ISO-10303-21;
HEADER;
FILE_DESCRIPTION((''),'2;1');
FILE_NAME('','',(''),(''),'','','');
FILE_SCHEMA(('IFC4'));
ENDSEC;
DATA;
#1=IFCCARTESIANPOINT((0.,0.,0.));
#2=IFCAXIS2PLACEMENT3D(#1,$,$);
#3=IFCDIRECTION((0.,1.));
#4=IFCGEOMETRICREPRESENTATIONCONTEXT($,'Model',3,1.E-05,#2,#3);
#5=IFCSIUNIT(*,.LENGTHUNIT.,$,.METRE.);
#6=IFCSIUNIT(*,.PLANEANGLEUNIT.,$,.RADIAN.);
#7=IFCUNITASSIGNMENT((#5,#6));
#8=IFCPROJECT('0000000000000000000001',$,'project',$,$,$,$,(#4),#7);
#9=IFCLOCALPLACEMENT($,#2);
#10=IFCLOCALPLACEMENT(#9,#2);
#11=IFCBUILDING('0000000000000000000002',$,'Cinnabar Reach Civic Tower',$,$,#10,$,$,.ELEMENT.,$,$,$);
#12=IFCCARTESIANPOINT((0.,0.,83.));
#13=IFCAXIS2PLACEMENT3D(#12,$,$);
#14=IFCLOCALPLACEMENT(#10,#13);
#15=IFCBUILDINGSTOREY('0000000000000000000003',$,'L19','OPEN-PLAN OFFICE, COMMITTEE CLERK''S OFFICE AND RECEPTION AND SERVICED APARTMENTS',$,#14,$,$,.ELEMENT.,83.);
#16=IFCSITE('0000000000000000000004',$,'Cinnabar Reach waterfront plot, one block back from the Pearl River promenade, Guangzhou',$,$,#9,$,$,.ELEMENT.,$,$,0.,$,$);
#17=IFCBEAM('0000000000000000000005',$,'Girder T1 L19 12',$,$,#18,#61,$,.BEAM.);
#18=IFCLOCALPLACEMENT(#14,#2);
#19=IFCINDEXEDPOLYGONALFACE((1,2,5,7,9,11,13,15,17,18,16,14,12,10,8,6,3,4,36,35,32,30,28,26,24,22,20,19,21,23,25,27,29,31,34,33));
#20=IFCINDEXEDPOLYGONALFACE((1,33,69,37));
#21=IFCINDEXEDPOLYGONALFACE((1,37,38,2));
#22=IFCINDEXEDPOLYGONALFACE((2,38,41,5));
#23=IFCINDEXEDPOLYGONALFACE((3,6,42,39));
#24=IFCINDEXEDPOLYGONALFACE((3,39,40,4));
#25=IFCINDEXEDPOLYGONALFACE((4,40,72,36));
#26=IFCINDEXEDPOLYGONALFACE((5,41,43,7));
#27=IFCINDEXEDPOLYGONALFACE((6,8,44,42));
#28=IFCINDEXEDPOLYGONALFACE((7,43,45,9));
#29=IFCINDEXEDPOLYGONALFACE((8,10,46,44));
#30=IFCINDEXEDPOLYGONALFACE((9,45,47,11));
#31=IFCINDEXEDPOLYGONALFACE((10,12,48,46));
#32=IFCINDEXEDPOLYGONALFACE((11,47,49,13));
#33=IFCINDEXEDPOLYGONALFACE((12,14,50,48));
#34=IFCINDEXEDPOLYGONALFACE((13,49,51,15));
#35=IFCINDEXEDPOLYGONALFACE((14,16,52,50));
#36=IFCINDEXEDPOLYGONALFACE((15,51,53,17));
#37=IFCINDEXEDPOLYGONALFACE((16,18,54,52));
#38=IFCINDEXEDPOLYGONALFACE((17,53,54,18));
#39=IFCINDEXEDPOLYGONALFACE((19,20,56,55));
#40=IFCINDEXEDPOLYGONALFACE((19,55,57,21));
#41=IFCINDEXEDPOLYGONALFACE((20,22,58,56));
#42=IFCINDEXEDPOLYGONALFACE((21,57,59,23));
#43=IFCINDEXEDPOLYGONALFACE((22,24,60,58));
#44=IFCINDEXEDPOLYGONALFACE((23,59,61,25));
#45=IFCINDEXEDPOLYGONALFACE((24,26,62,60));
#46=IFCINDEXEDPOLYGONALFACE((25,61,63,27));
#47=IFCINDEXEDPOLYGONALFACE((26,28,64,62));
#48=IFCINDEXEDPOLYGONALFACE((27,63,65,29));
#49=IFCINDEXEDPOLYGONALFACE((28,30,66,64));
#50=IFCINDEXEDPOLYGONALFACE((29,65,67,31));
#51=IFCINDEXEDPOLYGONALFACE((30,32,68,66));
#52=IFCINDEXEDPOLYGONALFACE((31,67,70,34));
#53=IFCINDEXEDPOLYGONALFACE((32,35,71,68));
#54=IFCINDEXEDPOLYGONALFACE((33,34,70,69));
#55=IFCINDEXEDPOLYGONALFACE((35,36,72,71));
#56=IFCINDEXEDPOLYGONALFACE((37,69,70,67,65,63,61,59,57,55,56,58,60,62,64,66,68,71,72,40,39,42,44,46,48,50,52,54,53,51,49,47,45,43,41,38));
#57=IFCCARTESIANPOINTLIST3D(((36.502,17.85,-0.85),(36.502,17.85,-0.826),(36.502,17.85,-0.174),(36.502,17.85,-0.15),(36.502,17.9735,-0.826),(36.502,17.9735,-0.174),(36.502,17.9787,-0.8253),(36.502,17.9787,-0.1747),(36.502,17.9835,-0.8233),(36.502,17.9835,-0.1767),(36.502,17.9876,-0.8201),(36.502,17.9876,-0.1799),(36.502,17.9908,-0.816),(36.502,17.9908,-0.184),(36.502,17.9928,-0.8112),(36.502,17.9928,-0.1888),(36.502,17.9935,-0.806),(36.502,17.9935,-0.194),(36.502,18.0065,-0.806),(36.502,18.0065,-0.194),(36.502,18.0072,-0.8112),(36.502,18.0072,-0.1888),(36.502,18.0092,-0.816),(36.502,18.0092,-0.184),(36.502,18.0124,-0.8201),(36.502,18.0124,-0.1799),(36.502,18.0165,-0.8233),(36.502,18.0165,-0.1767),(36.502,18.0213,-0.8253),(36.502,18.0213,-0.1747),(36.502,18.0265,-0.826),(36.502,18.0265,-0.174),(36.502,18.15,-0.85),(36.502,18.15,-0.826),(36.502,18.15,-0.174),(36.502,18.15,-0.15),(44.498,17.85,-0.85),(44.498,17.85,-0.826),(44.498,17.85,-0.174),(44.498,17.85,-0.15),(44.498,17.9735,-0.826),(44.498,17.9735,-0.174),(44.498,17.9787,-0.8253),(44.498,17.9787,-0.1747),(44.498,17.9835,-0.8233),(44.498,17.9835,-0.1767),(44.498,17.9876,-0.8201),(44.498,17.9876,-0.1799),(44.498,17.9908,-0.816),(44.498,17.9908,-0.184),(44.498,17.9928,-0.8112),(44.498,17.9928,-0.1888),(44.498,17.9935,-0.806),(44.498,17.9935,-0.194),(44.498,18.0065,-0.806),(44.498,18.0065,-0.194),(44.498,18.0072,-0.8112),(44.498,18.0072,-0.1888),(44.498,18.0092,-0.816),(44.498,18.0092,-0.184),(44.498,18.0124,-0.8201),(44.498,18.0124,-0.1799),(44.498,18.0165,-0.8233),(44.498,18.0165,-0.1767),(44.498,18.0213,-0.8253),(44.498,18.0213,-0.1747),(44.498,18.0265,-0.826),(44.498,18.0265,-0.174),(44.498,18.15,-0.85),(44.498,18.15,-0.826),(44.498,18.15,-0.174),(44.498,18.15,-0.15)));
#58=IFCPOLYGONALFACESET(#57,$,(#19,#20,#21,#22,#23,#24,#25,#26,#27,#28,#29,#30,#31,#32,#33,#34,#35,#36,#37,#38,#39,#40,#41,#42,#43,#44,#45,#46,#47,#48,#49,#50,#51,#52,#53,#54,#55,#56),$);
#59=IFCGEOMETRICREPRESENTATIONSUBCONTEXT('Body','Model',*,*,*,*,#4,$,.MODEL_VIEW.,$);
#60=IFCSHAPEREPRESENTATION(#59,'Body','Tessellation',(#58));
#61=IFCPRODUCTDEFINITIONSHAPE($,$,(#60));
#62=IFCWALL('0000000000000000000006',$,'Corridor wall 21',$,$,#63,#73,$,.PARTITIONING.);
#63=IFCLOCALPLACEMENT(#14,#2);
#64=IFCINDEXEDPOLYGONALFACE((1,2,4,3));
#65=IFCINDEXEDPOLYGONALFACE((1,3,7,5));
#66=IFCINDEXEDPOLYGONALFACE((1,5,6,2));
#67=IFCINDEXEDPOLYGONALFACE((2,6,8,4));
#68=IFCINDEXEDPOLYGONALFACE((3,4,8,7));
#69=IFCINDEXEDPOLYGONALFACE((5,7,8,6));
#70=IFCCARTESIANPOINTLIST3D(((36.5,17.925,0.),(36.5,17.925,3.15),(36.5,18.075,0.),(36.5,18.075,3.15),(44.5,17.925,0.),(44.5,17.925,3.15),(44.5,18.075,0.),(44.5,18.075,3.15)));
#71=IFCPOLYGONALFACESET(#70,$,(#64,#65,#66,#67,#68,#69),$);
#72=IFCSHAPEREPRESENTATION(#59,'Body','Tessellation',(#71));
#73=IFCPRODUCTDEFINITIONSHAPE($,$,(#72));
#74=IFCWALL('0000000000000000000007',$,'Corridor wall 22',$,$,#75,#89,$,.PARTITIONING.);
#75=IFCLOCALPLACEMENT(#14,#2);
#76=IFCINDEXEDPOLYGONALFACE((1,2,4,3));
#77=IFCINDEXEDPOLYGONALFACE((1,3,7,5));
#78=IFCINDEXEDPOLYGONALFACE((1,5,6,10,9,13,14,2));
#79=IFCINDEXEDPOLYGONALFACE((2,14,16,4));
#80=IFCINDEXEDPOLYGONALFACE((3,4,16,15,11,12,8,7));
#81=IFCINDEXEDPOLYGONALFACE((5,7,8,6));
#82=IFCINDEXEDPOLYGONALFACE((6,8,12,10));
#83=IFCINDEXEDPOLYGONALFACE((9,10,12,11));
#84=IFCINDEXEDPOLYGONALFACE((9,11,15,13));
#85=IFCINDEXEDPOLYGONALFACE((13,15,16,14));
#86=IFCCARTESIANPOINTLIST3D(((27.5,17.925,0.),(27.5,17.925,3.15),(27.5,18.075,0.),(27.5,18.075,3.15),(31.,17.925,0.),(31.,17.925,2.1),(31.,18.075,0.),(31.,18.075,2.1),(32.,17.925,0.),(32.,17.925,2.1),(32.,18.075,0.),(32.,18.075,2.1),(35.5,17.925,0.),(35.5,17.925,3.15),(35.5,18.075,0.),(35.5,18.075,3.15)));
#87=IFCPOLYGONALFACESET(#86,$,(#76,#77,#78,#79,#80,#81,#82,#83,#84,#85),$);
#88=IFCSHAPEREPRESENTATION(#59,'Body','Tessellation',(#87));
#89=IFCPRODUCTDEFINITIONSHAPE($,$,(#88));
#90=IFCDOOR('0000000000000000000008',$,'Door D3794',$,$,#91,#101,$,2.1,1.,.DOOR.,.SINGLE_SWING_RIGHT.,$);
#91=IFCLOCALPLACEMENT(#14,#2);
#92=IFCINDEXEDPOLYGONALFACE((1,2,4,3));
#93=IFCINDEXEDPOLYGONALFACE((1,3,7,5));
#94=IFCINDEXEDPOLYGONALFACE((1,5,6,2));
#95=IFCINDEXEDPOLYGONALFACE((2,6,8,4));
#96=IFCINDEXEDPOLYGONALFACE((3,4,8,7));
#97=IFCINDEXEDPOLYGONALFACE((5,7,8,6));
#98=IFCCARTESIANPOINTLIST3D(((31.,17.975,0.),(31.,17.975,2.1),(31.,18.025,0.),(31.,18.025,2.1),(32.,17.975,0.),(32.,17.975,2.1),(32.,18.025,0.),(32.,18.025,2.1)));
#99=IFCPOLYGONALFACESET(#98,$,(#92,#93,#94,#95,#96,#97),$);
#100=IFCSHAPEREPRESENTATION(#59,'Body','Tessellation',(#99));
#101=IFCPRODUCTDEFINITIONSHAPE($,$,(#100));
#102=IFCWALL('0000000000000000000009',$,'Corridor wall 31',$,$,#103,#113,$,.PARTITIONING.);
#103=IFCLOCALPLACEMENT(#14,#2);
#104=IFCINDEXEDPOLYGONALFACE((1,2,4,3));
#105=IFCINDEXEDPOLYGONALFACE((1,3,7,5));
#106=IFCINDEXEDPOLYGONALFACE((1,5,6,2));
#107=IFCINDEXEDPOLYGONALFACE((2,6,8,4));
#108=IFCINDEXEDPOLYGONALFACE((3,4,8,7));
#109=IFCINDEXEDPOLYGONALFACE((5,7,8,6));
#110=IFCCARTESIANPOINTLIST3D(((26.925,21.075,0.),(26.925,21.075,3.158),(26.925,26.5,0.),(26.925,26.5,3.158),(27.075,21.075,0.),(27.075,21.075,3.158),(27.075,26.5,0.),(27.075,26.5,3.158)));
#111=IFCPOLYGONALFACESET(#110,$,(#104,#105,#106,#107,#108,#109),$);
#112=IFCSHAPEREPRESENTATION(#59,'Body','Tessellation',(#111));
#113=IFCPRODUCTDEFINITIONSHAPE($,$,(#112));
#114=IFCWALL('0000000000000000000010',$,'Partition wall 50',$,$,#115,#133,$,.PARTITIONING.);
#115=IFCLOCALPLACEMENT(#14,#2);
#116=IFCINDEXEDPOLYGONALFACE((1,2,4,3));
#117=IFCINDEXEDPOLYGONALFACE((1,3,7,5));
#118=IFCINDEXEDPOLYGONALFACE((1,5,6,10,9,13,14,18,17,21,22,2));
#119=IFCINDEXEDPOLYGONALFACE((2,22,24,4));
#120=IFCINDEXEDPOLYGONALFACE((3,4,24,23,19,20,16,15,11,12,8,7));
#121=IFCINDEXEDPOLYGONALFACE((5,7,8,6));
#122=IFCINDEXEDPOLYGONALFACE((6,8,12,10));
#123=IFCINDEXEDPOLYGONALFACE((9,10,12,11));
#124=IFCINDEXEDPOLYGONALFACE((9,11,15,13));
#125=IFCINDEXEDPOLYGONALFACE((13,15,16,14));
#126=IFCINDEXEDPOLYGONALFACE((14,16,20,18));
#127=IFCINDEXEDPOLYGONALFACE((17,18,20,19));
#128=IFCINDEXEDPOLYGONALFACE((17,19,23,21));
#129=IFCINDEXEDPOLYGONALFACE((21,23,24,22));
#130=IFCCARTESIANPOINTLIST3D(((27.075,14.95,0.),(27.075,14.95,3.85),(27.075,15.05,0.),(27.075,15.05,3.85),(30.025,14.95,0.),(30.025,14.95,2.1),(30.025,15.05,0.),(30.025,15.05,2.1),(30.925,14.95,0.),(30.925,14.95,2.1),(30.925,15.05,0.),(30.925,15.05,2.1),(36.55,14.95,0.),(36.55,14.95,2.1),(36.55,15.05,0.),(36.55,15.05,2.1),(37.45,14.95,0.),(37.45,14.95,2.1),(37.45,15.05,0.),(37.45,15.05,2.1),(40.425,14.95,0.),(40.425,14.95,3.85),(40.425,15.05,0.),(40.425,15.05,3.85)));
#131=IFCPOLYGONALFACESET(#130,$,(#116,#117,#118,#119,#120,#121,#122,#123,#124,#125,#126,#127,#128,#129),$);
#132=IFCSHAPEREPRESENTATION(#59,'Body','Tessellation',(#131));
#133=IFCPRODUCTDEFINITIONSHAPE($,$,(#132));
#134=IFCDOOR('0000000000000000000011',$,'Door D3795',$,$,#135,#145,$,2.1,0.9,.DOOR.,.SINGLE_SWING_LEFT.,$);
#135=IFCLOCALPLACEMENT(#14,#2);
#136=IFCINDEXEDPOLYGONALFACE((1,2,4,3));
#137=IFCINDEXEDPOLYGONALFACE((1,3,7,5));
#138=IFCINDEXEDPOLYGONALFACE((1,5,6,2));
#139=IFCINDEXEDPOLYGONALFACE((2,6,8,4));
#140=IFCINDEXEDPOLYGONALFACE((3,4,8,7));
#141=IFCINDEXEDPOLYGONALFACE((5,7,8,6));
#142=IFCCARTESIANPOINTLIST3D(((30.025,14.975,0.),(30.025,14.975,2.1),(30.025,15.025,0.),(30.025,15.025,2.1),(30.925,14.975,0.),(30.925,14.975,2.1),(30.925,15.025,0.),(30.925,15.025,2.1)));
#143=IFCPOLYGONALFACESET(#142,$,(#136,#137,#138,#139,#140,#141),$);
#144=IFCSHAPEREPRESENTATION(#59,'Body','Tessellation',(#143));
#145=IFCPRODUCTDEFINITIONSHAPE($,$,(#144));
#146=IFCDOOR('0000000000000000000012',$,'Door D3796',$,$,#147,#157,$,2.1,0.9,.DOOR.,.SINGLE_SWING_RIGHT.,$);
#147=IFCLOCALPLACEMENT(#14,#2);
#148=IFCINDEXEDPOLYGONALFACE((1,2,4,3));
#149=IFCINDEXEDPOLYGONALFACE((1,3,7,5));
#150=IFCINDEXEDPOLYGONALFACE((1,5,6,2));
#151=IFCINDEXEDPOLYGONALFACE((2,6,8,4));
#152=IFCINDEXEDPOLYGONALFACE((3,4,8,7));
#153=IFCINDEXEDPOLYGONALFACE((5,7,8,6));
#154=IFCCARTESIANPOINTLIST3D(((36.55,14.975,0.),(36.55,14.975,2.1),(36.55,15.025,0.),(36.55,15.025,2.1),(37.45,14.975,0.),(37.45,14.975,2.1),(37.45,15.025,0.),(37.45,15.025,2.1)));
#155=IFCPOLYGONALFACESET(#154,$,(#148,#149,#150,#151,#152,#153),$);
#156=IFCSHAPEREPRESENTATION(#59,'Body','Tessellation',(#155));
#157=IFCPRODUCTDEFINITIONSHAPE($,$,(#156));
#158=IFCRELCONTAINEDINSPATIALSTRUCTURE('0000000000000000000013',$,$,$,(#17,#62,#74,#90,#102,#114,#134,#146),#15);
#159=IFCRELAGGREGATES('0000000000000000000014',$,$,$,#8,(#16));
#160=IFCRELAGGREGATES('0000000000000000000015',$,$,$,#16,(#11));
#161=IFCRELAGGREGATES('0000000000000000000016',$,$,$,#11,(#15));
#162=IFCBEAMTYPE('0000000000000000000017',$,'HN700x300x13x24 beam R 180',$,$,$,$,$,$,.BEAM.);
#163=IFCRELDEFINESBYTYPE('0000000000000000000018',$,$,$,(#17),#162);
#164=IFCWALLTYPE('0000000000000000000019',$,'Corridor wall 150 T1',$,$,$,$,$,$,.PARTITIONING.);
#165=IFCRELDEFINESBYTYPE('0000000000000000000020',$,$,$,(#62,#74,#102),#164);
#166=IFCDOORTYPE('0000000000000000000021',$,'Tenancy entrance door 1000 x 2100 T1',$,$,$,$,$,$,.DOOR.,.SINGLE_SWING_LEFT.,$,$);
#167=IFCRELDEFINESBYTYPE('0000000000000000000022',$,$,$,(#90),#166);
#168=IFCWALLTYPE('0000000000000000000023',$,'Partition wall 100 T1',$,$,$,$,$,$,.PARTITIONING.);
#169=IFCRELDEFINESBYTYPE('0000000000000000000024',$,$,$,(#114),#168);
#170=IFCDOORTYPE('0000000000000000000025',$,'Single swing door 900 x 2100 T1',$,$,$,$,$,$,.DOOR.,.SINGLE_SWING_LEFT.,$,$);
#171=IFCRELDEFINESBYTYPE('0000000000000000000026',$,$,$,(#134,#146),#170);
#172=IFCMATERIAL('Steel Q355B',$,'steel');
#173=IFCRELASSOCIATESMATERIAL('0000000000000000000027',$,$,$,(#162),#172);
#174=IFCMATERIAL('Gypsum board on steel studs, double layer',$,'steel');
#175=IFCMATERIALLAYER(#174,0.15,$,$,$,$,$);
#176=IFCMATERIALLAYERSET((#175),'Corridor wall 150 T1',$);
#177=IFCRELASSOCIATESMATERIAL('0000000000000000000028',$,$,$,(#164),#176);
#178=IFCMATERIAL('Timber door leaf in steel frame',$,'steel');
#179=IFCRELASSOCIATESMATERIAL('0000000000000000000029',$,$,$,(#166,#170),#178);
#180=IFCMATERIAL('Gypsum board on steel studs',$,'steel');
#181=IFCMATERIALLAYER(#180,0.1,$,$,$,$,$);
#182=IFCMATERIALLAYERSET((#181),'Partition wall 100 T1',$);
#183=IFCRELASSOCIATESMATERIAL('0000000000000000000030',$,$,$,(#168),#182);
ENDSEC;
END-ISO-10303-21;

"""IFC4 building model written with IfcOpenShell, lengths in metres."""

from ifc_helpers import new_model, si_unit, direction, frame, frame_2d, origin, origin_2d, place, context, subcontext, project, spatial, rectangle, i_section, extrude, material, layer, layer_set, material_profile, profile_set, type_object, element, fill, save


model = new_model("IFC4")

# Units and contexts
model_context = context("Model", 3, precision=1e-05, world=origin(), true_north=direction((0.0, 1.0)))
body_context = subcontext(model_context, "Body", "Model", "MODEL_VIEW")
ifc_project = project(units=[si_unit("LENGTHUNIT", "METRE"), si_unit("PLANEANGLEUNIT", "RADIAN")], contexts=[model_context])

# Site, building, storey
site_placement = place(None, origin())
site = spatial("IfcSite", under=ifc_project, at=site_placement, Name="Cinnabar Reach waterfront plot, one block back from the Pearl River promenade, Guangzhou", CompositionType="ELEMENT", RefElevation=0.0)
building_placement = place(site_placement, origin())
building = spatial("IfcBuilding", under=site, at=building_placement, Name="Cinnabar Reach Civic Tower", CompositionType="ELEMENT")
storey_placement = place(building_placement, frame((0.0, 0.0, 83.0)))
storey = spatial("IfcBuildingStorey", under=building, at=storey_placement, Name="L19", Description="OPEN-PLAN OFFICE, COMMITTEE CLERK'S OFFICE AND RECEPTION AND SERVICED APARTMENTS", CompositionType="ELEMENT", Elevation=83.0)

# Beam
ifc_material_1 = material(Name="Steel Q355B", Category="steel")
ifc_material_profile_1 = material_profile(ifc_material_1, i_section(OverallWidth=0.3, OverallDepth=0.7, WebThickness=0.013, FlangeThickness=0.024, FilletRadius=0.02, at=origin_2d()), Name="HN700x300x13x24")
ifc_profile_set_1 = profile_set([ifc_material_profile_1], Name="Steel Q355B")
beam_type_1 = type_object("IfcBeamType", Name="HN700x300x13x24 beam R 180", PredefinedType="BEAM", material=ifc_profile_set_1)
for number, where, z_axis, x_axis, name in (
    (1, (36.502, 18.0, -0.5), (1.0, 0.0, 0.0), (0.0, 1.0, 0.0), "Girder T1 L19 12"),
):
    element("IfcBeam", number, at=place(storey_placement, frame(where, z_axis=z_axis, x_axis=x_axis)), inside=storey, type_object=beam_type_1, Name=name, PredefinedType="BEAM", context=body_context, shape_type="SweptSolid", body=[
        extrude(i_section(OverallWidth=0.3, OverallDepth=0.7, WebThickness=0.013, FlangeThickness=0.024, FilletRadius=0.02, at=origin_2d()), origin(), (0.0, 0.0, 1.0), 7.996),
    ])

# Wall
ifc_material_2 = material(Name="Gypsum board on steel studs, double layer", Category="steel")
ifc_layer_1 = layer(ifc_material_2, 0.15)
ifc_layer_set_1 = layer_set([ifc_layer_1], Name="Corridor wall 150 T1")
wall_type_1 = type_object("IfcWallType", Name="Corridor wall 150 T1", PredefinedType="PARTITIONING", material=ifc_layer_set_1)
wall_1_placement = place(storey_placement, frame((36.5, 18.0, 0.0), z_axis=(0.0, 0.0, 1.0), x_axis=(1.0, 0.0, 0.0)))
element("IfcWall", 2, at=wall_1_placement, inside=storey, type_object=wall_type_1, Name="Corridor wall 21", PredefinedType="PARTITIONING", context=body_context, shape_type="SweptSolid", body=[
    extrude(rectangle(XDim=8.0, YDim=0.15, at=frame_2d((4.0, 0.0))), origin(), (0.0, 0.0, 1.0), 3.15),
])

# Wall, opening, door
wall_2_placement = place(storey_placement, frame((27.5, 18.0, 0.0), z_axis=(0.0, 0.0, 1.0), x_axis=(1.0, 0.0, 0.0)))
wall_2 = element("IfcWall", 3, at=wall_2_placement, inside=storey, type_object=wall_type_1, Name="Corridor wall 22", PredefinedType="PARTITIONING", context=body_context, shape_type="SweptSolid", body=[
    extrude(rectangle(XDim=8.0, YDim=0.15, at=frame_2d((4.0, 0.0))), origin(), (0.0, 0.0, 1.0), 3.15),
])
opening_1_placement = place(wall_2_placement, frame((3.5, 0.0, 0.0)))
opening_1 = element("IfcOpeningElement", 4, at=opening_1_placement, cuts=wall_2, PredefinedType="OPENING", context=body_context, shape_type="SweptSolid", body=[
    extrude(rectangle(XDim=1.0, YDim=2.1, at=frame_2d((0.5, 1.05))), frame((0.0, 0.085, 0.0), z_axis=(0.0, -1.0, 0.0), x_axis=(1.0, 0.0, 0.0)), (0.0, 0.0, 1.0), 0.17),
])
ifc_material_3 = material(Name="Timber door leaf in steel frame", Category="steel")
door_type_1 = type_object("IfcDoorType", Name="Tenancy entrance door 1000 x 2100 T1", OperationType="SINGLE_SWING_LEFT", PredefinedType="DOOR", material=ifc_material_3)
door_1_placement = place(opening_1_placement, frame((1.0, 0.0, 0.0), z_axis=(0.0, 0.0, 1.0), x_axis=(-1.0, 0.0, 0.0)))
door_1 = element("IfcDoor", 5, at=door_1_placement, inside=storey, type_object=door_type_1, Name="Door D3794", OperationType="SINGLE_SWING_RIGHT", OverallHeight=2.1, OverallWidth=1.0, PredefinedType="DOOR", context=body_context, shape_type="SweptSolid", body=[
    extrude(rectangle(XDim=1.0, YDim=2.1, at=frame_2d((0.5, 1.05))), frame((0.0, 0.025, 0.0), z_axis=(0.0, -1.0, 0.0), x_axis=(1.0, 0.0, 0.0)), (0.0, 0.0, 1.0), 0.05),
])
fill(opening_1, door_1)

# Wall
wall_3_placement = place(storey_placement, frame((27.0, 21.075, 0.0), z_axis=(0.0, 0.0, 1.0), x_axis=(0.0, 1.0, 0.0)))
element("IfcWall", 6, at=wall_3_placement, inside=storey, type_object=wall_type_1, Name="Corridor wall 31", PredefinedType="PARTITIONING", context=body_context, shape_type="SweptSolid", body=[
    extrude(rectangle(XDim=5.425, YDim=0.15, at=frame_2d((2.7125, 0.0))), origin(), (0.0, 0.0, 1.0), 3.158),
])

# Wall, openings, doors
ifc_material_4 = material(Name="Gypsum board on steel studs", Category="steel")
ifc_layer_2 = layer(ifc_material_4, 0.1)
ifc_layer_set_2 = layer_set([ifc_layer_2], Name="Partition wall 100 T1")
wall_type_2 = type_object("IfcWallType", Name="Partition wall 100 T1", PredefinedType="PARTITIONING", material=ifc_layer_set_2)
wall_4_placement = place(storey_placement, frame((27.075, 15.0, 0.0), z_axis=(0.0, 0.0, 1.0), x_axis=(1.0, 0.0, 0.0)))
wall_4 = element("IfcWall", 7, at=wall_4_placement, inside=storey, type_object=wall_type_2, Name="Partition wall 50", PredefinedType="PARTITIONING", context=body_context, shape_type="SweptSolid", body=[
    extrude(rectangle(XDim=13.35, YDim=0.1, at=frame_2d((6.675, 0.0))), origin(), (0.0, 0.0, 1.0), 3.85),
])
opening_2_placement = place(wall_4_placement, frame((2.95, 0.0, 0.0)))
opening_2 = element("IfcOpeningElement", 8, at=opening_2_placement, cuts=wall_4, PredefinedType="OPENING", context=body_context, shape_type="SweptSolid", body=[
    extrude(rectangle(XDim=0.9, YDim=2.1, at=frame_2d((0.45, 1.05))), frame((0.0, 0.06, 0.0), z_axis=(0.0, -1.0, 0.0), x_axis=(1.0, 0.0, 0.0)), (0.0, 0.0, 1.0), 0.12),
])
opening_3_placement = place(wall_4_placement, frame((9.475, 0.0, 0.0)))
opening_3 = element("IfcOpeningElement", 9, at=opening_3_placement, cuts=wall_4, PredefinedType="OPENING", context=body_context, shape_type="SweptSolid", body=[
    extrude(rectangle(XDim=0.9, YDim=2.1, at=frame_2d((0.45, 1.05))), frame((0.0, 0.06, 0.0), z_axis=(0.0, -1.0, 0.0), x_axis=(1.0, 0.0, 0.0)), (0.0, 0.0, 1.0), 0.12),
])
door_type_2 = type_object("IfcDoorType", Name="Single swing door 900 x 2100 T1", OperationType="SINGLE_SWING_LEFT", PredefinedType="DOOR", material=ifc_material_3)
door_2_placement = place(opening_2_placement, frame((0.9, 0.0, 0.0), z_axis=(0.0, 0.0, 1.0), x_axis=(-1.0, 0.0, 0.0)))
door_2 = element("IfcDoor", 10, at=door_2_placement, inside=storey, type_object=door_type_2, Name="Door D3795", OperationType="SINGLE_SWING_LEFT", OverallHeight=2.1, OverallWidth=0.9, PredefinedType="DOOR", context=body_context, shape_type="SweptSolid", body=[
    extrude(rectangle(XDim=0.9, YDim=2.1, at=frame_2d((0.45, 1.05))), frame((0.0, 0.025, 0.0), z_axis=(0.0, -1.0, 0.0), x_axis=(1.0, 0.0, 0.0)), (0.0, 0.0, 1.0), 0.05),
])
fill(opening_2, door_2)
door_3_placement = place(opening_3_placement, frame((0.9, 0.0, 0.0), z_axis=(0.0, 0.0, 1.0), x_axis=(-1.0, 0.0, 0.0)))
door_3 = element("IfcDoor", 11, at=door_3_placement, inside=storey, type_object=door_type_2, Name="Door D3796", OperationType="SINGLE_SWING_RIGHT", OverallHeight=2.1, OverallWidth=0.9, PredefinedType="DOOR", context=body_context, shape_type="SweptSolid", body=[
    extrude(rectangle(XDim=0.9, YDim=2.1, at=frame_2d((0.45, 1.05))), frame((0.0, 0.025, 0.0), z_axis=(0.0, -1.0, 0.0), x_axis=(1.0, 0.0, 0.0)), (0.0, 0.0, 1.0), 0.05),
])
fill(opening_3, door_3)

save(model, "model.ifc")
